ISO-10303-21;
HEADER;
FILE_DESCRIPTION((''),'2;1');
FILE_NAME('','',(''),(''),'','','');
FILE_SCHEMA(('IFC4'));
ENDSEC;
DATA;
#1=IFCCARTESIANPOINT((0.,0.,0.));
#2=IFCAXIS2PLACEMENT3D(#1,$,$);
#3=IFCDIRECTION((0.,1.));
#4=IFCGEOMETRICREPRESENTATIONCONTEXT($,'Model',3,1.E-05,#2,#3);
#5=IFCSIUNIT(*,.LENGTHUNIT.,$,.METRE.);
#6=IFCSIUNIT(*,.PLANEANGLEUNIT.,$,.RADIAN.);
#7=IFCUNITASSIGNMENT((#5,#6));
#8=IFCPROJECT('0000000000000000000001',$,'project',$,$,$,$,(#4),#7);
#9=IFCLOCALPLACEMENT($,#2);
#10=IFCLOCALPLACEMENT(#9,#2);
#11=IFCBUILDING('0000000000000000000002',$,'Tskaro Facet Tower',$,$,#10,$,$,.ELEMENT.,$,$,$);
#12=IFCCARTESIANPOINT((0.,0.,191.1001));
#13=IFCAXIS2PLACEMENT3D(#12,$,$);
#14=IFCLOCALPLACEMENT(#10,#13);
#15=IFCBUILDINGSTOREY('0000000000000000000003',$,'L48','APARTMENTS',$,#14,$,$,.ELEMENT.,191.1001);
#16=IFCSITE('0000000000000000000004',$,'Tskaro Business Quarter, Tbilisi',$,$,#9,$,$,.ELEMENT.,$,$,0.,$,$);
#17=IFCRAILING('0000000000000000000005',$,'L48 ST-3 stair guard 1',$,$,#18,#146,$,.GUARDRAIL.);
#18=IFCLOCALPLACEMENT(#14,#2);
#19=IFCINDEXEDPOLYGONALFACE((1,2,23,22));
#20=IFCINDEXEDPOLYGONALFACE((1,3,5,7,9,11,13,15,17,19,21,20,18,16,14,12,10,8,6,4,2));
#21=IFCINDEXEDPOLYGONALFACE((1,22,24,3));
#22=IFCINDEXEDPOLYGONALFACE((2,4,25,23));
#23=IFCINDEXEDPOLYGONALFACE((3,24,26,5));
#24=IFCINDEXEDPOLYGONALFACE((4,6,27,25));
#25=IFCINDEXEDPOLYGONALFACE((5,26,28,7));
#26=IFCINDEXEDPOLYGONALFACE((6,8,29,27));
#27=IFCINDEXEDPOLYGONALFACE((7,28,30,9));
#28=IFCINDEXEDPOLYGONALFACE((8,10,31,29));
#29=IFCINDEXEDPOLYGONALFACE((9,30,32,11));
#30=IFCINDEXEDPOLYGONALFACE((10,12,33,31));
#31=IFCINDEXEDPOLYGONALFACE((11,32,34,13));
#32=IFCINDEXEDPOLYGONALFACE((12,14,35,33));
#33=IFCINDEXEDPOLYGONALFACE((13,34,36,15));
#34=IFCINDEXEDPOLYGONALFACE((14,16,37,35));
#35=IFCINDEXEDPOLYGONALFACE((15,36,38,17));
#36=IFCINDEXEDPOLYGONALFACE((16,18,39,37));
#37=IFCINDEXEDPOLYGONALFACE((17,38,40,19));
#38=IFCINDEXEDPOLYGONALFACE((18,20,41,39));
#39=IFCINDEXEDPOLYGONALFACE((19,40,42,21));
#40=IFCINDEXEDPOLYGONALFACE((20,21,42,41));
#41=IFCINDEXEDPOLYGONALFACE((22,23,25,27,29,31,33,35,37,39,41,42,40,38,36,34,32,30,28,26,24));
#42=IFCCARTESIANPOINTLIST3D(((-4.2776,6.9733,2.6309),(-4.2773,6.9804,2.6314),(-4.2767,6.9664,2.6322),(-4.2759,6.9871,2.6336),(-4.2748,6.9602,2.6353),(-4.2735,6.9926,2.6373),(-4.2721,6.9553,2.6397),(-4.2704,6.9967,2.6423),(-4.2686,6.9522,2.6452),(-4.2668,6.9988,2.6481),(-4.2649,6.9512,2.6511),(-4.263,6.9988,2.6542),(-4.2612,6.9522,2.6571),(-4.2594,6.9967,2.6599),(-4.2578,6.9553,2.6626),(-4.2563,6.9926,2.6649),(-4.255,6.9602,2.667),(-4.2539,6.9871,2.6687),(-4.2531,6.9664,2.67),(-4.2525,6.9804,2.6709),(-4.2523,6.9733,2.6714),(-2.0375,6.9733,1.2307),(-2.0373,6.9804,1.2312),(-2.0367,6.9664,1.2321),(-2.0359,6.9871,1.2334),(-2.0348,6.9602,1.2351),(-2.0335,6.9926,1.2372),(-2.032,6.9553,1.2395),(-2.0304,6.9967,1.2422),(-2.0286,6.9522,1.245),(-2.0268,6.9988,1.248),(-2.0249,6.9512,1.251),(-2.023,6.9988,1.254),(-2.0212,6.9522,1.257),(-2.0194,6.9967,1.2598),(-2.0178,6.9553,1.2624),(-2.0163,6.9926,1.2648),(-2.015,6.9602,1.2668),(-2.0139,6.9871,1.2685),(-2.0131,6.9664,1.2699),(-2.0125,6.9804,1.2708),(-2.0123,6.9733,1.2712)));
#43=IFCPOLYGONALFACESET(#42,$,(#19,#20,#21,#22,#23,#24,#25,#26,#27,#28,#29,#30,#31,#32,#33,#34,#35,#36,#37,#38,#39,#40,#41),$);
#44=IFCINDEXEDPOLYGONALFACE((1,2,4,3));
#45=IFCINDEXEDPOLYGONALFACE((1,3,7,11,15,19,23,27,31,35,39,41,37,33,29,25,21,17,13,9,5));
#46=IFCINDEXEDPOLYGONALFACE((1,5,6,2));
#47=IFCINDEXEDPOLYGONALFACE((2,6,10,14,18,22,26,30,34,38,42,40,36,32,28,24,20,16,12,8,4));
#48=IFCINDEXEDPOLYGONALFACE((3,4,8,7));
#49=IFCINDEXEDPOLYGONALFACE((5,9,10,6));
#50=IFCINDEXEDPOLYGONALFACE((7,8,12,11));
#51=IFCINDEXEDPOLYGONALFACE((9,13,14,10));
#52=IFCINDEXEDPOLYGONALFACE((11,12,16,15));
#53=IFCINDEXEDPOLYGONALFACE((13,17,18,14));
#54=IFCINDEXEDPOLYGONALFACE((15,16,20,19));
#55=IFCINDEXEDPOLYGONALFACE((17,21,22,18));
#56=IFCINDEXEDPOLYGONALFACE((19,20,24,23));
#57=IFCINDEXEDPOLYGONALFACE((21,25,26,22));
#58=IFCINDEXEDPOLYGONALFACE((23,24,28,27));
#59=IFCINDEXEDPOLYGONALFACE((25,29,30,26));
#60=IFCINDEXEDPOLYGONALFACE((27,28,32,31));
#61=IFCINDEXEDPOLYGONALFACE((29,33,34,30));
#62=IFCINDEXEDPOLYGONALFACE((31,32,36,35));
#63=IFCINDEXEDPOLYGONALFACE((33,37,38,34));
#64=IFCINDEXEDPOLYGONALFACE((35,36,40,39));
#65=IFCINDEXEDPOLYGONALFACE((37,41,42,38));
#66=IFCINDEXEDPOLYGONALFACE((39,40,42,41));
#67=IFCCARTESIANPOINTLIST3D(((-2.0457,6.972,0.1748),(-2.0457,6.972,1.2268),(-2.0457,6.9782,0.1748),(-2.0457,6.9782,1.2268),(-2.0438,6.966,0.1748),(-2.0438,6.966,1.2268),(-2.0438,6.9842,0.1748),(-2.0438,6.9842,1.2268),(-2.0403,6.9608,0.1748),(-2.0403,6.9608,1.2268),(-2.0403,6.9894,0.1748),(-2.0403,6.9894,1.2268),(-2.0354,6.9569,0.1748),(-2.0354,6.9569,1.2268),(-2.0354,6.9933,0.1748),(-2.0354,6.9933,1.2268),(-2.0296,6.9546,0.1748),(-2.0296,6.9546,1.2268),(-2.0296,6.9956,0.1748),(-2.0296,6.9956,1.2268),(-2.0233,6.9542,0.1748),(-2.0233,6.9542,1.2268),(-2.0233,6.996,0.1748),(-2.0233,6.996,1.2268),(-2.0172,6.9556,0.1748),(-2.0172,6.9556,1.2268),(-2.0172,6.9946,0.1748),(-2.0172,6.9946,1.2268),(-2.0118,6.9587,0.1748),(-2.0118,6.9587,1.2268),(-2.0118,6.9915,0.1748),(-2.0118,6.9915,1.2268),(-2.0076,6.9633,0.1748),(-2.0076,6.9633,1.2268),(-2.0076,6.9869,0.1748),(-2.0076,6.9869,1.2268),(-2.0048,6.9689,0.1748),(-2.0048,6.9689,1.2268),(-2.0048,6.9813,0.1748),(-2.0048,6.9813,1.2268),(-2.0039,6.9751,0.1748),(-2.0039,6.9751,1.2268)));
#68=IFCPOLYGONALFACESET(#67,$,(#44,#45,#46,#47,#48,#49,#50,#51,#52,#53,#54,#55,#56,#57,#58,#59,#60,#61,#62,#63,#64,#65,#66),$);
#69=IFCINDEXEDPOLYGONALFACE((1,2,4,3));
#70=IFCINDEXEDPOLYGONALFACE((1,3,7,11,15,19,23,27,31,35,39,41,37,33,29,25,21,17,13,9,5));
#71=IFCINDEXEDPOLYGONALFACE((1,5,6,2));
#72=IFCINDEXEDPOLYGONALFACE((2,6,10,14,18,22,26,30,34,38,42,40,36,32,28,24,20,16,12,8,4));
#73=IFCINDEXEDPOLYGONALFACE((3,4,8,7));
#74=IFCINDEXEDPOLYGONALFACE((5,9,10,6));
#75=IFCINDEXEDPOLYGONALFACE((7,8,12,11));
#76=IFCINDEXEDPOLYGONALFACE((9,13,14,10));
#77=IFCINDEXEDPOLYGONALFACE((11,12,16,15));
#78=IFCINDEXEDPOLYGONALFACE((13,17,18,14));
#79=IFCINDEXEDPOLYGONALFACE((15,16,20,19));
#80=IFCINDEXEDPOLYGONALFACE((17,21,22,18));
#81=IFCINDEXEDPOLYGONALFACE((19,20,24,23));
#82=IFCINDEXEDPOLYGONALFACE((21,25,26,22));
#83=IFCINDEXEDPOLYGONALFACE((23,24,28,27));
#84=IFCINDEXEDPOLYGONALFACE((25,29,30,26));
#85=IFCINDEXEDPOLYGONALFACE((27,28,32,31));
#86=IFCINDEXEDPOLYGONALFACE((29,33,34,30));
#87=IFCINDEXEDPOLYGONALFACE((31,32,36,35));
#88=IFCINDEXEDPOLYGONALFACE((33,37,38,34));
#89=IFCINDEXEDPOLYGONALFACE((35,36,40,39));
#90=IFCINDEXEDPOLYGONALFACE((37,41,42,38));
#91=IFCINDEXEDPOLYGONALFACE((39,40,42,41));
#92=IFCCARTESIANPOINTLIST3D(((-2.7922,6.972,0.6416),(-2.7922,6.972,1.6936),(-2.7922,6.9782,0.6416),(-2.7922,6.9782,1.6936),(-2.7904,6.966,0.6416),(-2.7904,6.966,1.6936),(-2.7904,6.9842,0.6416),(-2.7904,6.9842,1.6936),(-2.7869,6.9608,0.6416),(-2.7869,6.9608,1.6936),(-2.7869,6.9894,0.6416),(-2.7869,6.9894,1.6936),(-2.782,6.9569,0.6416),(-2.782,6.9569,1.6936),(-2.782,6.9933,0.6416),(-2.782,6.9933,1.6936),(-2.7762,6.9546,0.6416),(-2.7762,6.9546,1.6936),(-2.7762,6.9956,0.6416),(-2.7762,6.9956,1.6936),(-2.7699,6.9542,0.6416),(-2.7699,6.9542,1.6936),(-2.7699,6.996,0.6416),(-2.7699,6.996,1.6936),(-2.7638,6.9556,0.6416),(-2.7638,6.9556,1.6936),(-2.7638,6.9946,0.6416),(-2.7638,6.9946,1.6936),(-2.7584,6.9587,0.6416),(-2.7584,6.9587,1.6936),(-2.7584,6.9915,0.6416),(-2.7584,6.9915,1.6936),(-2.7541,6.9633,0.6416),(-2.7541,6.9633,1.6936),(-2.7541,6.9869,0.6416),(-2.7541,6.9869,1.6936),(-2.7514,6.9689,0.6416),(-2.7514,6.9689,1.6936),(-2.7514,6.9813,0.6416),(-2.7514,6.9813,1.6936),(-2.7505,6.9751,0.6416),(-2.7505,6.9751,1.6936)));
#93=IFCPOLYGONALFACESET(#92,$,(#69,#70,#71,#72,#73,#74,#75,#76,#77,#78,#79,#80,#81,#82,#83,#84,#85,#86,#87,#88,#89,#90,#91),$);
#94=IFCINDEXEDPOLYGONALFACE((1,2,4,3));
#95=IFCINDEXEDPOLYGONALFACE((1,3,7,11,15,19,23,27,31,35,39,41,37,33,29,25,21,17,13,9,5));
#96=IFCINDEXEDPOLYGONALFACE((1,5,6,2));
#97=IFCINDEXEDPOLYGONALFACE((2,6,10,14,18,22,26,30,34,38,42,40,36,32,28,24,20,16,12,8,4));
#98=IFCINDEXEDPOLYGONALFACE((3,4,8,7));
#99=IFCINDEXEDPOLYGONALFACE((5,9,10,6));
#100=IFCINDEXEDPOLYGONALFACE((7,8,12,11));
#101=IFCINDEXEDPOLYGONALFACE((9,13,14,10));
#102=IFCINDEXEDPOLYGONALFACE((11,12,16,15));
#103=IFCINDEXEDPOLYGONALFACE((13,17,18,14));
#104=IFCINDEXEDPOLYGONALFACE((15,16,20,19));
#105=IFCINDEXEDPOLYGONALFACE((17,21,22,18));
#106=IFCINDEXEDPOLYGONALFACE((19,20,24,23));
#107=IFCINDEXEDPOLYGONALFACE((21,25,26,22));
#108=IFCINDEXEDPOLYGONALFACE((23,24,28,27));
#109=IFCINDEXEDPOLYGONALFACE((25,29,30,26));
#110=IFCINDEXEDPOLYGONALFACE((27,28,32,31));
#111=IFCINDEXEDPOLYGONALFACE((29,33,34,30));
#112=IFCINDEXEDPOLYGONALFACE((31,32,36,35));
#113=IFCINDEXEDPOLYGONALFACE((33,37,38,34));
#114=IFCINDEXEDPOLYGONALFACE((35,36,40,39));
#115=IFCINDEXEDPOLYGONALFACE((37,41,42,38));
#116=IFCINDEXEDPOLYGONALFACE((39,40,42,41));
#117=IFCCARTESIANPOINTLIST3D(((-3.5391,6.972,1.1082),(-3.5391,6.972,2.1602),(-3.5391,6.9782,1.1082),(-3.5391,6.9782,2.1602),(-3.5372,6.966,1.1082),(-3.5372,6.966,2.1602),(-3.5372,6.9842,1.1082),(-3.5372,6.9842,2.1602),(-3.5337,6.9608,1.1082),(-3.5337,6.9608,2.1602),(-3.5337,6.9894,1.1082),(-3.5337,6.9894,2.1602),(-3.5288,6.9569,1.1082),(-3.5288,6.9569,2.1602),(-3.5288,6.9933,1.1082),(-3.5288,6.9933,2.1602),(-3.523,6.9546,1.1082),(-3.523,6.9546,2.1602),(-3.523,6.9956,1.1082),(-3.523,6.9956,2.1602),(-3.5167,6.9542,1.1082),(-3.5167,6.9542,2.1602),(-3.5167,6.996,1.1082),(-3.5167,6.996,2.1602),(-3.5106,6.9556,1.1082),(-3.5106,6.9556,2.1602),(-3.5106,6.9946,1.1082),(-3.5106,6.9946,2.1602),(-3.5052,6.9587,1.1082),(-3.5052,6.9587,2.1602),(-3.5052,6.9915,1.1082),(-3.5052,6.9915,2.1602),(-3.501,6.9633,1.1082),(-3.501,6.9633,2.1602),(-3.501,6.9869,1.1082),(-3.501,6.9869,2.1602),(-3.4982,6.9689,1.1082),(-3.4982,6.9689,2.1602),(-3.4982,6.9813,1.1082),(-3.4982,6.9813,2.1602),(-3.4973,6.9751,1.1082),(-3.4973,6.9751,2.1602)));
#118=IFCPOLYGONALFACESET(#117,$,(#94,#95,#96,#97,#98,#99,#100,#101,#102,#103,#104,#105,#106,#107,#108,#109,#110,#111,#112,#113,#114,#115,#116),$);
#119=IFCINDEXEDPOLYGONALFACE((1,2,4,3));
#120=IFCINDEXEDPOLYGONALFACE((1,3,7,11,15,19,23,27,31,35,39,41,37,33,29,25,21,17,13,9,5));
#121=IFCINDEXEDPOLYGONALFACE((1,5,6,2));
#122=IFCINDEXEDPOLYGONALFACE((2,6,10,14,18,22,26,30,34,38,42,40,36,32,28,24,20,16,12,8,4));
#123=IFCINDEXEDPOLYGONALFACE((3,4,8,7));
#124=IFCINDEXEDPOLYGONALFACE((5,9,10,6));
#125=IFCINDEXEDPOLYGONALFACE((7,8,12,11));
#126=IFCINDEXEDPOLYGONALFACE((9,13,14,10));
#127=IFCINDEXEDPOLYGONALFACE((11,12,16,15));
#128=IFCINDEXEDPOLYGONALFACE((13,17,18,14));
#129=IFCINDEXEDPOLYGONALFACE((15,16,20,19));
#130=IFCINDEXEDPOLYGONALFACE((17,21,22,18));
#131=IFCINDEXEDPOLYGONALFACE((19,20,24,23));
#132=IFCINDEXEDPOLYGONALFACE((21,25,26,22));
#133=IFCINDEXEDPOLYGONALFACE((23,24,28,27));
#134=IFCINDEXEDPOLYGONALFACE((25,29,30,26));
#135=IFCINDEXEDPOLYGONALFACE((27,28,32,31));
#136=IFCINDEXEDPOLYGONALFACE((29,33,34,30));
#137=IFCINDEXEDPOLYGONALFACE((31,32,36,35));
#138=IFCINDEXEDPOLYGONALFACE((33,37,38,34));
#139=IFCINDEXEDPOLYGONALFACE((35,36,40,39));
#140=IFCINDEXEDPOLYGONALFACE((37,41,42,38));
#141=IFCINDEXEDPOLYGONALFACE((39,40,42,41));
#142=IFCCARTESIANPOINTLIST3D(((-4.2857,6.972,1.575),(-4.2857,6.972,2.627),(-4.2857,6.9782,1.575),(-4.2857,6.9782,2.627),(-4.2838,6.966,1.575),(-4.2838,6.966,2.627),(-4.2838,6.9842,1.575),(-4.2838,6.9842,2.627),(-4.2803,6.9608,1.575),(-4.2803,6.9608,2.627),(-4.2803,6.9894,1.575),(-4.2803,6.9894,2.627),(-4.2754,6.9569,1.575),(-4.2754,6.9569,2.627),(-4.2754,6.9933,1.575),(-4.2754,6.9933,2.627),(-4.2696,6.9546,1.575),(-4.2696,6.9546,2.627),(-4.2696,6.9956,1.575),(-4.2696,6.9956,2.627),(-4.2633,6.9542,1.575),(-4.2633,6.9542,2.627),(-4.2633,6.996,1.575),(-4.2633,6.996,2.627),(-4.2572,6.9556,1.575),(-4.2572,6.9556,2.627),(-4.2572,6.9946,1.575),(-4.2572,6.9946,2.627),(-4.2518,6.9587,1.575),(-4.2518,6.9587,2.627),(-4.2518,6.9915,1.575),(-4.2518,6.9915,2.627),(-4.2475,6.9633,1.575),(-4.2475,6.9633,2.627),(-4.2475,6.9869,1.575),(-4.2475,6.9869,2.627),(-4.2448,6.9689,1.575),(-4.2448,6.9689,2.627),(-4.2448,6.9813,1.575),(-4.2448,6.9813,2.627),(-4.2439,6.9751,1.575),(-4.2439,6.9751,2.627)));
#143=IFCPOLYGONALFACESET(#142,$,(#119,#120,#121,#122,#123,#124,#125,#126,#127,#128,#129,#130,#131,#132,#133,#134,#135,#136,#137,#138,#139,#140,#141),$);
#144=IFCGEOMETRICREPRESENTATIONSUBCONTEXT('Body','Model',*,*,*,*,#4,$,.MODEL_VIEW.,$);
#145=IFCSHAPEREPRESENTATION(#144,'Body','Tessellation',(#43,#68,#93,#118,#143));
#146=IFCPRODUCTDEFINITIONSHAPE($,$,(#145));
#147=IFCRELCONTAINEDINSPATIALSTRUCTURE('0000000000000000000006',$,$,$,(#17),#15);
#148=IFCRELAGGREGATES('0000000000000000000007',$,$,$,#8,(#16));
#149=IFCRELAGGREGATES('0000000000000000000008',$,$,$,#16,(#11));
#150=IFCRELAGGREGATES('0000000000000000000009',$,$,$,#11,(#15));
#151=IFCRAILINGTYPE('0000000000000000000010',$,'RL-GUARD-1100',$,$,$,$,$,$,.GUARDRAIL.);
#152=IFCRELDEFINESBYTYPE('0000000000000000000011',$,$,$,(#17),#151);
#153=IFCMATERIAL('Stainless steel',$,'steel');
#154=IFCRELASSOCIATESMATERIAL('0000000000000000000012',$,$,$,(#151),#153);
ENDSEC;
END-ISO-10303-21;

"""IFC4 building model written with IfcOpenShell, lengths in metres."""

from ifc_helpers import new_model, si_unit, direction, frame, origin, origin_2d, place, context, subcontext, project, spatial, circle, extrude, material, type_object, element, save


model = new_model("IFC4")

# Units and contexts
model_context = context("Model", 3, precision=1e-05, world=origin(), true_north=direction((0.0, 1.0)))
body_context = subcontext(model_context, "Body", "Model", "MODEL_VIEW")
ifc_project = project(units=[si_unit("LENGTHUNIT", "METRE"), si_unit("PLANEANGLEUNIT", "RADIAN")], contexts=[model_context])

# Site, building, storey
site_placement = place(None, origin())
site = spatial("IfcSite", under=ifc_project, at=site_placement, Name="Tskaro Business Quarter, Tbilisi", CompositionType="ELEMENT", RefElevation=0.0)
building_placement = place(site_placement, origin())
building = spatial("IfcBuilding", under=site, at=building_placement, Name="Tskaro Facet Tower", CompositionType="ELEMENT")
storey_placement = place(building_placement, frame((0.0, 0.0, 191.1001)))
storey = spatial("IfcBuildingStorey", under=building, at=storey_placement, Name="L48", Description="APARTMENTS", CompositionType="ELEMENT", Elevation=191.1001)

# Railing
ifc_material_1 = material(Name="Stainless steel", Category="steel")
railing_type_1 = type_object("IfcRailingType", Name="RL-GUARD-1100", PredefinedType="GUARDRAIL", material=ifc_material_1)
railing_1_placement = place(storey_placement, frame((-2.0249, 6.9751, 0.1748)))
element("IfcRailing", 1, at=railing_1_placement, inside=storey, type_object=railing_type_1, Name="L48 ST-3 stair guard 1", PredefinedType="GUARDRAIL", context=body_context, shape_type="SweptSolid", body=[
    extrude(circle(Radius=0.0239, at=origin_2d()), frame((0.0, 0.0, 1.0762), z_axis=(-0.847972, 0.0, 0.53004), x_axis=(0.0, -1.0, 0.0)), (0.0, 0.0, 1.0), 2.6416),
    extrude(circle(Radius=0.021, at=origin_2d()), origin(), (0.0, 0.0, 1.0), 1.052),
    extrude(circle(Radius=0.021, at=origin_2d()), frame((-0.7466, 0.0, 0.4668)), (0.0, 0.0, 1.0), 1.052),
    extrude(circle(Radius=0.021, at=origin_2d()), frame((-1.4934, 0.0, 0.9333)), (0.0, 0.0, 1.0), 1.052),
    extrude(circle(Radius=0.021, at=origin_2d()), frame((-2.24, 0.0, 1.4001)), (0.0, 0.0, 1.0), 1.052),
])

save(model, "model.ifc")
